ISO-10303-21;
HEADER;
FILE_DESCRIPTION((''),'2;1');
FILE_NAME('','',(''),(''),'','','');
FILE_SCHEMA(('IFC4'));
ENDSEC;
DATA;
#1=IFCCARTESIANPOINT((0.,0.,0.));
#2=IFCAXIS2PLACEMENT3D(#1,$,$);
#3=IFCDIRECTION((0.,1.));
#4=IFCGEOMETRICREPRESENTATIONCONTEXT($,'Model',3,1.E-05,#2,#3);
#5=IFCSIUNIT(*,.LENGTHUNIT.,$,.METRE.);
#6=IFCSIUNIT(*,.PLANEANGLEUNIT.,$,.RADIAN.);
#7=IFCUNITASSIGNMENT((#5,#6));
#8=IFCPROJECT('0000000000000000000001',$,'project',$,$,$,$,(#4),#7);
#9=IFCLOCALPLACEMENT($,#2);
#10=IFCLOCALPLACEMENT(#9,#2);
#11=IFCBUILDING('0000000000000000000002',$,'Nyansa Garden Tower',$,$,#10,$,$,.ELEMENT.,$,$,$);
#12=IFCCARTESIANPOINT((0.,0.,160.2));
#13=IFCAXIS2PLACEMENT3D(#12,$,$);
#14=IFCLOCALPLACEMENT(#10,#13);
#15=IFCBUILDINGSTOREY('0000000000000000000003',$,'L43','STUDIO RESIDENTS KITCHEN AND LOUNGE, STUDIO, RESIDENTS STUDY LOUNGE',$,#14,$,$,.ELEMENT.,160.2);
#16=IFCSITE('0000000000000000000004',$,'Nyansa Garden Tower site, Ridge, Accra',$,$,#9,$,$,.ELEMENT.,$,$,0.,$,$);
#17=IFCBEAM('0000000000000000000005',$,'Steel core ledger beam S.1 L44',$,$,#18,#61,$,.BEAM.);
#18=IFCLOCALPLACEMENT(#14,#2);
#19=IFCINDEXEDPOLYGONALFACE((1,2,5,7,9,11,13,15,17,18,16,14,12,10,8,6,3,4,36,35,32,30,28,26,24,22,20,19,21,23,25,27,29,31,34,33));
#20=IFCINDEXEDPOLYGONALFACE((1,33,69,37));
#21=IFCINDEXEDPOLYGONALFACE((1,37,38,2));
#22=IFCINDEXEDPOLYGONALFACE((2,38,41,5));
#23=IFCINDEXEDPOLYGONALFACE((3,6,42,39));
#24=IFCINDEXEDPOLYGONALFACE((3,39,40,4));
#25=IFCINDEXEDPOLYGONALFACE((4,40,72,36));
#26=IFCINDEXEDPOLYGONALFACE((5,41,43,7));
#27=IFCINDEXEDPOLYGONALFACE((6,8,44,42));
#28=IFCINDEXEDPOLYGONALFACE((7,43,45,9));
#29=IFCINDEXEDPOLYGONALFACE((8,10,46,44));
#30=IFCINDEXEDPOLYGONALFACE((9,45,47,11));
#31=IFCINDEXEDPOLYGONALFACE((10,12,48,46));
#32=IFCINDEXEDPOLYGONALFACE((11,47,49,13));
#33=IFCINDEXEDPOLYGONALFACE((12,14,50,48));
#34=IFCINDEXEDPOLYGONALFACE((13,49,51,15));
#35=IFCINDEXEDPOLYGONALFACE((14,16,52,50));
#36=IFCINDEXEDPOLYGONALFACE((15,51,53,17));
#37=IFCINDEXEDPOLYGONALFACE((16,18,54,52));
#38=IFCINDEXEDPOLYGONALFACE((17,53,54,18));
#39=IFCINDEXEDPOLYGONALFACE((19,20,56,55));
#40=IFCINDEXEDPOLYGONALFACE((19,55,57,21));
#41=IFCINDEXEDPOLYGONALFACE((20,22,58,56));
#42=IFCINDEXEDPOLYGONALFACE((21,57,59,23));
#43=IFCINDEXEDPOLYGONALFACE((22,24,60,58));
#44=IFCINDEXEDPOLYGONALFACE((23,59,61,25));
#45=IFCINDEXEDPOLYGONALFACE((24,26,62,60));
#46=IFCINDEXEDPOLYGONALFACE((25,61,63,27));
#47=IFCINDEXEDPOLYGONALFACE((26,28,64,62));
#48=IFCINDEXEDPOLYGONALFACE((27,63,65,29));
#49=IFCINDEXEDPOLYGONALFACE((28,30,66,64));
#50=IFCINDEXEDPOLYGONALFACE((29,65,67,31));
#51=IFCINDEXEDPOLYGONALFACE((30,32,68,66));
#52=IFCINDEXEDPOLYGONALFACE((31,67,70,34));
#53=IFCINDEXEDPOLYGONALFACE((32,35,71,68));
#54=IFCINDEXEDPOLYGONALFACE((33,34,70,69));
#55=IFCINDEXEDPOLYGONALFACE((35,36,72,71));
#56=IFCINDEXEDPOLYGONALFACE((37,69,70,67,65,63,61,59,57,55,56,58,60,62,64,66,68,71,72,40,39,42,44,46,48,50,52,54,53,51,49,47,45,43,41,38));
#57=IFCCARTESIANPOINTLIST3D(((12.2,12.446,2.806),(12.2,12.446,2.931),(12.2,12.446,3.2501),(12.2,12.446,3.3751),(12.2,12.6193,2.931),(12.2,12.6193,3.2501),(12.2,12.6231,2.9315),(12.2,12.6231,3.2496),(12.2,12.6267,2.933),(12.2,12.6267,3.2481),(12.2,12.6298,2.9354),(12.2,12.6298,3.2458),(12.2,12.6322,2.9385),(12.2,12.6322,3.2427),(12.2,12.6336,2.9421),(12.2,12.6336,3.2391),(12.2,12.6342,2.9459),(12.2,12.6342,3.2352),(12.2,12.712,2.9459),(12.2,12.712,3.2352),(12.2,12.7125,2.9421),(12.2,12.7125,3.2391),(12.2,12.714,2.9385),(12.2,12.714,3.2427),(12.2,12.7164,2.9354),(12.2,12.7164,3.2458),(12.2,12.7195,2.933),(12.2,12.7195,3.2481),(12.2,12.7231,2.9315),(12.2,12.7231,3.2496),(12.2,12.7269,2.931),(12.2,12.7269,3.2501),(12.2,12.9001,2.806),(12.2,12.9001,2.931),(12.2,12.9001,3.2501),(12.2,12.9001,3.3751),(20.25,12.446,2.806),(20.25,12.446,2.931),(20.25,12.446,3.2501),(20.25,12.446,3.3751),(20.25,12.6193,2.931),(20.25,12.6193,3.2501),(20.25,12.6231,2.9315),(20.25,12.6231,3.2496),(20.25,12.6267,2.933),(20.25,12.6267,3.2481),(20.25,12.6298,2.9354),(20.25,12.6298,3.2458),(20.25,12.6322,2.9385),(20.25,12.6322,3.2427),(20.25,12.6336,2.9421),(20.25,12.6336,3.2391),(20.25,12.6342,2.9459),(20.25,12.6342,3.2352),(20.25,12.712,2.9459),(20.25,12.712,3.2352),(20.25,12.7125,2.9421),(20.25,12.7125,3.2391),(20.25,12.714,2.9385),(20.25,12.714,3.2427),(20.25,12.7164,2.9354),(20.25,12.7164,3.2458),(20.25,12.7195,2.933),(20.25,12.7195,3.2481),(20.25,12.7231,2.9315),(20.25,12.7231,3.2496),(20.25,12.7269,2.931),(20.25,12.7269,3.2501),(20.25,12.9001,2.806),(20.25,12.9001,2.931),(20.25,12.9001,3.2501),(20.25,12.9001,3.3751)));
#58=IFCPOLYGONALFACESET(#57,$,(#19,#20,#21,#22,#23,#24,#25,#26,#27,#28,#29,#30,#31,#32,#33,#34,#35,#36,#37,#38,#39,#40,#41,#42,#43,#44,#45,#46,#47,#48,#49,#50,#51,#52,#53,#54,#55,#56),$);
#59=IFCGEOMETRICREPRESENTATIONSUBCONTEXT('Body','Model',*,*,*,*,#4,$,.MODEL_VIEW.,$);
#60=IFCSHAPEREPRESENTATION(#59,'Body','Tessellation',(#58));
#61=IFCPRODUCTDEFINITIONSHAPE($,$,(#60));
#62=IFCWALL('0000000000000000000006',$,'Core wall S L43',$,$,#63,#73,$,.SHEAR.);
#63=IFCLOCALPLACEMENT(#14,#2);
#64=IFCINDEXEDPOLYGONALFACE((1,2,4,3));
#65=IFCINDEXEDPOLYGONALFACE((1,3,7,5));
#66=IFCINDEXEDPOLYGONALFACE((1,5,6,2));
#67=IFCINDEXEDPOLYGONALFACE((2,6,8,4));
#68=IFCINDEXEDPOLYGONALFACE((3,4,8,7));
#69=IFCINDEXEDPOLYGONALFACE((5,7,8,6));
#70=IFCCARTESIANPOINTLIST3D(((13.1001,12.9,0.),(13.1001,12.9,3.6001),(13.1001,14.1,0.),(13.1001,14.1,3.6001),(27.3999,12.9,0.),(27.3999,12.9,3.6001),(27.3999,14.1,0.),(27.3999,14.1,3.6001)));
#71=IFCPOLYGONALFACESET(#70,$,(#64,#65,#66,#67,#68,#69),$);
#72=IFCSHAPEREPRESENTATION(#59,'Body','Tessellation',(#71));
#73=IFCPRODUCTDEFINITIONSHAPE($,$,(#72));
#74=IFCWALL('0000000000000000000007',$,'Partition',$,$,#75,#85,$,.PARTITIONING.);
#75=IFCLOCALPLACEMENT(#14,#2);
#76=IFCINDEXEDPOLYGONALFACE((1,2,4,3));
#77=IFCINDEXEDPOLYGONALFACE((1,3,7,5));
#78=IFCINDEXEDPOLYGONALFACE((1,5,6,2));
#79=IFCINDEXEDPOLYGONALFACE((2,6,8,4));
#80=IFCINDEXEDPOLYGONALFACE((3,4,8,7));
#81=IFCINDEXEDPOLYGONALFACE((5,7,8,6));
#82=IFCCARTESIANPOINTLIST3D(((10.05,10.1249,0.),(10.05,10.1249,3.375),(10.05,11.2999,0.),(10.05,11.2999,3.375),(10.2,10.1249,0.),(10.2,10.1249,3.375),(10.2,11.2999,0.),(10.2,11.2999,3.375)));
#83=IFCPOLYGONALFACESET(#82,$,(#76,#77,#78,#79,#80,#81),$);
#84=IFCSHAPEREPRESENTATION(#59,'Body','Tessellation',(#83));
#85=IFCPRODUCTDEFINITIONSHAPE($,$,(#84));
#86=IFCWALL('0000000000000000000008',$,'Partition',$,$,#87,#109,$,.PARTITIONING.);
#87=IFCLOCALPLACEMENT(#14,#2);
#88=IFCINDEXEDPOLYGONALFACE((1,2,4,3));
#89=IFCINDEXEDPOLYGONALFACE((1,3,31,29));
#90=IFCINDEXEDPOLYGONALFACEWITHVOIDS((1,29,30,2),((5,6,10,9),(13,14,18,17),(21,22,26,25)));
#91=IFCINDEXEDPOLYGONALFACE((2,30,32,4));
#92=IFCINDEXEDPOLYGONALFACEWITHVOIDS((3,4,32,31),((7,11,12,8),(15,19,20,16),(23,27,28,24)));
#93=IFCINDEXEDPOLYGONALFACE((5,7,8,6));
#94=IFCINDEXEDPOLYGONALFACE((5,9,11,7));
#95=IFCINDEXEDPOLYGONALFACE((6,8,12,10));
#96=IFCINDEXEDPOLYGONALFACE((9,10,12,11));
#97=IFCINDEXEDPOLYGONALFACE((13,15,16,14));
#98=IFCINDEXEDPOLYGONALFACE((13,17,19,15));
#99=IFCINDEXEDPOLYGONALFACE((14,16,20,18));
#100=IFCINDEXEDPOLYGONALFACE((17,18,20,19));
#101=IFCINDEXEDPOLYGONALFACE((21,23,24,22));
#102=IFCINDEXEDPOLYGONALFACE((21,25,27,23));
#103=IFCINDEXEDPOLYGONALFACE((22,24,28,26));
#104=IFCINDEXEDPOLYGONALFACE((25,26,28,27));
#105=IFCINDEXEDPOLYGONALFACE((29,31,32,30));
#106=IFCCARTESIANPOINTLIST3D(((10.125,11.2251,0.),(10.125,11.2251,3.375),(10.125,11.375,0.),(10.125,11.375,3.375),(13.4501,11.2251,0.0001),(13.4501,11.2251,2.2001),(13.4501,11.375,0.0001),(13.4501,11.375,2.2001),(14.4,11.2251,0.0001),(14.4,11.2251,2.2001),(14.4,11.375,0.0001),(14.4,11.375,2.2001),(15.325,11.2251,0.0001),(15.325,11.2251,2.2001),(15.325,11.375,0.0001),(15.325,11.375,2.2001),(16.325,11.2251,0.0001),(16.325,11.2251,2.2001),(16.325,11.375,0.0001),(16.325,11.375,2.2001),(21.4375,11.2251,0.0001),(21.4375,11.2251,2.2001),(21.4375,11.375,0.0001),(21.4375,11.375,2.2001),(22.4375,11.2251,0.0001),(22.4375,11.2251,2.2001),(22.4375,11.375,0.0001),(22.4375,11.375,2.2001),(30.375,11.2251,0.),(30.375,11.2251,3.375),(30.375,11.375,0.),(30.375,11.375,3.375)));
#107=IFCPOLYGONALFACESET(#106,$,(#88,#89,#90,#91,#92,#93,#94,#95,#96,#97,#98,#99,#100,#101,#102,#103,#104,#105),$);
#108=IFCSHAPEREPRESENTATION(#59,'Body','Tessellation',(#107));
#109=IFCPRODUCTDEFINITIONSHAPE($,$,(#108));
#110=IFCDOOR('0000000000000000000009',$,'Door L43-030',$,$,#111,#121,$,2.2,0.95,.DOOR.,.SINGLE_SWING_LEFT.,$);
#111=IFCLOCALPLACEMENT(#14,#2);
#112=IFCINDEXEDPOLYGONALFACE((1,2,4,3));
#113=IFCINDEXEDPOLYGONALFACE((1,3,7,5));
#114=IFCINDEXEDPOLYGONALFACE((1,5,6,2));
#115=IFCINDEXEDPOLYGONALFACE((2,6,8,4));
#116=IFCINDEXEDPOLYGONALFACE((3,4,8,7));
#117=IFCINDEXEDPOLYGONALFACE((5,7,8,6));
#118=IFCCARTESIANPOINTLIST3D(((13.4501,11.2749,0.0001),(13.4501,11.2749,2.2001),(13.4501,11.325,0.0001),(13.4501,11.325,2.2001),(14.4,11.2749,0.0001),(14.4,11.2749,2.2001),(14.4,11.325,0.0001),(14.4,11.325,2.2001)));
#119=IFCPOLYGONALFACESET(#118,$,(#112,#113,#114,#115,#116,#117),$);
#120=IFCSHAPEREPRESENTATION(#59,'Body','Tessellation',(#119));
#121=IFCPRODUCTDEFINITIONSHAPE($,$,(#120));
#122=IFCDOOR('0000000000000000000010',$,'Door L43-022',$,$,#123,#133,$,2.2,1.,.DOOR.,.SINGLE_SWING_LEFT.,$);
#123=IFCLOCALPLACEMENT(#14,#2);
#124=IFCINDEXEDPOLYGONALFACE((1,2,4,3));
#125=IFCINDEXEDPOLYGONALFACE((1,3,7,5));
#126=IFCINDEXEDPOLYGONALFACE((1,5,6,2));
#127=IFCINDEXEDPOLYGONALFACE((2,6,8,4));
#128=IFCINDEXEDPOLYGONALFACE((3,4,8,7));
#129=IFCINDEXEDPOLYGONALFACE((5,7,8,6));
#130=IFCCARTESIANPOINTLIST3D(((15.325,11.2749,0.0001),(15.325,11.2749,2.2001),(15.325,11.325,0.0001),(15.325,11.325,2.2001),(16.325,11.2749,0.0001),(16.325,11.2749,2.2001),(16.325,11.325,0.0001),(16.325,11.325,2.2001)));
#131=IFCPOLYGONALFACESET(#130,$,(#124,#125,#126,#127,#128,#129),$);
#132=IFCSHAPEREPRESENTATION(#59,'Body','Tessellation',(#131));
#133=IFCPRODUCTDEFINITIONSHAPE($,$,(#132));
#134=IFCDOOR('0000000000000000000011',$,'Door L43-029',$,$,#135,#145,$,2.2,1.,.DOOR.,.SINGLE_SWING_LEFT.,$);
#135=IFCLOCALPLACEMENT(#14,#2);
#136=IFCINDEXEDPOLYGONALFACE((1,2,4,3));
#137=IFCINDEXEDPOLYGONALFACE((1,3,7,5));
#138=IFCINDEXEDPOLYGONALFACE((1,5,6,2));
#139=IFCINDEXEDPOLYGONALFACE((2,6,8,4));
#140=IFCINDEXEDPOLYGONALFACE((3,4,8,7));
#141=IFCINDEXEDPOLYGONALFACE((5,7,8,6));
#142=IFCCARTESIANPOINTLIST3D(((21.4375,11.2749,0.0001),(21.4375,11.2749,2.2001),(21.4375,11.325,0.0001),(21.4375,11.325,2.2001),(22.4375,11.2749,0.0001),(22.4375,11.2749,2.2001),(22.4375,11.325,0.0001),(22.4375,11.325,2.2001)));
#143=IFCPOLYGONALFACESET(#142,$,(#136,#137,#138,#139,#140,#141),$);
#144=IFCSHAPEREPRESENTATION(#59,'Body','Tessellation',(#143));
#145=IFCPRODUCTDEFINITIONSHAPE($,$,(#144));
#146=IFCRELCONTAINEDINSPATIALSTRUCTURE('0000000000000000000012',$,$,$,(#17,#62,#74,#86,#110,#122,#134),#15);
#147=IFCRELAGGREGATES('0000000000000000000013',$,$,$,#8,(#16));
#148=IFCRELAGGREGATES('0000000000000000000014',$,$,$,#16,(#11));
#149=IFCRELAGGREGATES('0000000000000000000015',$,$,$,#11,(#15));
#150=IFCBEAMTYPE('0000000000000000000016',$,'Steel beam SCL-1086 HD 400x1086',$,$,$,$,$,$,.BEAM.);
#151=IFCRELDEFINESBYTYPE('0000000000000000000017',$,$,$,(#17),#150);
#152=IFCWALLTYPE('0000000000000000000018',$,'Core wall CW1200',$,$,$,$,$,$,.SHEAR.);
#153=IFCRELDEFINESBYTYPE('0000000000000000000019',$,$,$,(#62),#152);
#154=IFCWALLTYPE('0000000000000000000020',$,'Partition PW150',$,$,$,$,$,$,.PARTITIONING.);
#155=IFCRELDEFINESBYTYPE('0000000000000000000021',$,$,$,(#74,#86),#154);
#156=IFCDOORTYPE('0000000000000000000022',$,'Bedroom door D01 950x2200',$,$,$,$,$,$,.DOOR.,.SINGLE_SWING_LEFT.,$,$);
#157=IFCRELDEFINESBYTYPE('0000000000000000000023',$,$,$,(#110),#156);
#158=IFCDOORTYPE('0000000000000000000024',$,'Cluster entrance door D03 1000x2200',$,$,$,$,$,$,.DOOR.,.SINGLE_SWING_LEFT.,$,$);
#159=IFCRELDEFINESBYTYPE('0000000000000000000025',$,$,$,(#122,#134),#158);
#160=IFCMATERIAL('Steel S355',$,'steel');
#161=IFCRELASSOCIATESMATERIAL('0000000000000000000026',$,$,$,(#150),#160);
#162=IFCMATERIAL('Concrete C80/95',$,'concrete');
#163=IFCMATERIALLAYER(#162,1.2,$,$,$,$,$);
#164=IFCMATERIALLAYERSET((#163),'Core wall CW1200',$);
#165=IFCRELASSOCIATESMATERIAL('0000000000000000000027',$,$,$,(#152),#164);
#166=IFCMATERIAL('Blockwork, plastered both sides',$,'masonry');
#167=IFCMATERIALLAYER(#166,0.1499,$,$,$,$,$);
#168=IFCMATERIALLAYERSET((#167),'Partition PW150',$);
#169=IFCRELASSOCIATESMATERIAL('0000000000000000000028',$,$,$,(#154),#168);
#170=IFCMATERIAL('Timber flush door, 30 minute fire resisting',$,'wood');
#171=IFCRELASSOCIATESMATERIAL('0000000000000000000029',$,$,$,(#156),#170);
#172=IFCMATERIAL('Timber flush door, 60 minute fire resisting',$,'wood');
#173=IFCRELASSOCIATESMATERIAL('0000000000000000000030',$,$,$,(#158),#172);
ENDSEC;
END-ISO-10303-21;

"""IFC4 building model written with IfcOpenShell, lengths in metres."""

from ifc_helpers import new_model, si_unit, direction, frame, frame_2d, origin, origin_2d, place, context, subcontext, project, spatial, rectangle, i_section, extrude, material, layer, layer_set, material_profile, profile_set, type_object, element, fill, save


model = new_model("IFC4")

# Units and contexts
model_context = context("Model", 3, precision=1e-05, world=origin(), true_north=direction((0.0, 1.0)))
body_context = subcontext(model_context, "Body", "Model", "MODEL_VIEW")
ifc_project = project(units=[si_unit("LENGTHUNIT", "METRE"), si_unit("PLANEANGLEUNIT", "RADIAN")], contexts=[model_context])

# Site, building, storey
site_placement = place(None, origin())
site = spatial("IfcSite", under=ifc_project, at=site_placement, Name="Nyansa Garden Tower site, Ridge, Accra", CompositionType="ELEMENT", RefElevation=0.0)
building_placement = place(site_placement, origin())
building = spatial("IfcBuilding", under=site, at=building_placement, Name="Nyansa Garden Tower", CompositionType="ELEMENT")
storey_placement = place(building_placement, frame((0.0, 0.0, 160.2)))
storey = spatial("IfcBuildingStorey", under=building, at=storey_placement, Name="L43", Description="STUDIO RESIDENTS KITCHEN AND LOUNGE, STUDIO, RESIDENTS STUDY LOUNGE", CompositionType="ELEMENT", Elevation=160.2)

# Beam
ifc_material_1 = material(Name="Steel S355", Category="steel")
ifc_material_profile_1 = material_profile(ifc_material_1, i_section(OverallWidth=0.4541, OverallDepth=0.5691, WebThickness=0.0779, FlangeThickness=0.125, FilletRadius=0.0149, at=origin_2d()), Name="HD 400x1086")
ifc_profile_set_1 = profile_set([ifc_material_profile_1], Name="Steel S355")
beam_type_1 = type_object("IfcBeamType", Name="Steel beam SCL-1086 HD 400x1086", PredefinedType="BEAM", material=ifc_profile_set_1)
beam_1_placement = place(storey_placement, frame((12.2, 12.6731, 3.0906), z_axis=(1.0, 0.0, 0.0), x_axis=(0.0, 1.0, 0.0)))
element("IfcBeam", 1, at=beam_1_placement, inside=storey, type_object=beam_type_1, Name="Steel core ledger beam S.1 L44", PredefinedType="BEAM", context=body_context, shape_type="SweptSolid", body=[
    extrude(i_section(OverallWidth=0.4541, OverallDepth=0.5691, WebThickness=0.0779, FlangeThickness=0.125, FilletRadius=0.0149, at=origin_2d()), origin(), (0.0, 0.0, 1.0), 8.05),
])

# Walls
ifc_material_2 = material(Name="Concrete C80/95", Category="concrete")
ifc_layer_1 = layer(ifc_material_2, 1.2)
ifc_layer_set_1 = layer_set([ifc_layer_1], Name="Core wall CW1200")
wall_type_1 = type_object("IfcWallType", Name="Core wall CW1200", PredefinedType="SHEAR", material=ifc_layer_set_1)
wall_1_placement = place(storey_placement, frame((13.1001, 13.5, 0.0), z_axis=(0.0, 0.0, 1.0), x_axis=(1.0, 0.0, 0.0)))
element("IfcWall", 2, at=wall_1_placement, inside=storey, type_object=wall_type_1, Name="Core wall S L43", PredefinedType="SHEAR", context=body_context, shape_type="SweptSolid", body=[
    extrude(rectangle(XDim=14.2998, YDim=1.2, at=frame_2d((7.1499, 0.0))), origin(), (0.0, 0.0, 1.0), 3.6001),
])
ifc_material_3 = material(Name="Blockwork, plastered both sides", Category="masonry")
ifc_layer_2 = layer(ifc_material_3, 0.1499)
ifc_layer_set_2 = layer_set([ifc_layer_2], Name="Partition PW150")
wall_type_2 = type_object("IfcWallType", Name="Partition PW150", PredefinedType="PARTITIONING", material=ifc_layer_set_2)
wall_2_placement = place(storey_placement, frame((10.125, 10.125, 0.0), z_axis=(0.0, 0.0, 1.0), x_axis=(0.0, 1.0, 0.0)))
element("IfcWall", 3, at=wall_2_placement, inside=storey, type_object=wall_type_2, Name="Partition", PredefinedType="PARTITIONING", context=body_context, shape_type="SweptSolid", body=[
    extrude(rectangle(XDim=1.175, YDim=0.1499, at=frame_2d((0.5874, 0.0))), origin(), (0.0, 0.0, 1.0), 3.375),
])

# Wall, openings, doors
wall_3_placement = place(storey_placement, frame((10.125, 11.3, 0.0), z_axis=(0.0, 0.0, 1.0), x_axis=(1.0, 0.0, 0.0)))
wall_3 = element("IfcWall", 4, at=wall_3_placement, inside=storey, type_object=wall_type_2, Name="Partition", PredefinedType="PARTITIONING", context=body_context, shape_type="SweptSolid", body=[
    extrude(rectangle(XDim=20.25, YDim=0.1499, at=frame_2d((10.125, 0.0))), origin(), (0.0, 0.0, 1.0), 3.375),
])
opening_1_placement = place(wall_3_placement, frame((5.2, 0.0, 0.0)))
opening_1 = element("IfcOpeningElement", 5, at=opening_1_placement, cuts=wall_3, PredefinedType="OPENING", context=body_context, shape_type="SweptSolid", body=[
    extrude(rectangle(XDim=1.0, YDim=2.2, at=frame_2d((0.5, 1.1001))), frame((0.0, 0.085, 0.0), z_axis=(0.0, -1.0, 0.0), x_axis=(1.0, 0.0, 0.0)), (0.0, 0.0, 1.0), 0.1699),
])
opening_2_placement = place(wall_3_placement, frame((11.3125, 0.0, 0.0)))
opening_2 = element("IfcOpeningElement", 6, at=opening_2_placement, cuts=wall_3, PredefinedType="OPENING", context=body_context, shape_type="SweptSolid", body=[
    extrude(rectangle(XDim=1.0, YDim=2.2, at=frame_2d((0.5, 1.1001))), frame((0.0, 0.085, 0.0), z_axis=(0.0, -1.0, 0.0), x_axis=(1.0, 0.0, 0.0)), (0.0, 0.0, 1.0), 0.1699),
])
opening_3_placement = place(wall_3_placement, frame((3.325, 0.0, 0.0)))
opening_3 = element("IfcOpeningElement", 7, at=opening_3_placement, cuts=wall_3, PredefinedType="OPENING", context=body_context, shape_type="SweptSolid", body=[
    extrude(rectangle(XDim=0.95, YDim=2.2, at=frame_2d((0.4751, 1.1001))), frame((0.0, 0.085, 0.0), z_axis=(0.0, -1.0, 0.0), x_axis=(1.0, 0.0, 0.0)), (0.0, 0.0, 1.0), 0.1699),
])
ifc_material_4 = material(Name="Timber flush door, 30 minute fire resisting", Category="wood")
door_type_1 = type_object("IfcDoorType", Name="Bedroom door D01 950x2200", OperationType="SINGLE_SWING_LEFT", PredefinedType="DOOR", material=ifc_material_4)
door_1_placement = place(opening_3_placement, origin())
door_1 = element("IfcDoor", 8, at=door_1_placement, inside=storey, type_object=door_type_1, Name="Door L43-030", OperationType="SINGLE_SWING_LEFT", OverallHeight=2.2, OverallWidth=0.95, PredefinedType="DOOR", context=body_context, shape_type="SweptSolid", body=[
    extrude(rectangle(XDim=0.95, YDim=2.2, at=frame_2d((0.4751, 1.1001))), frame((0.0, 0.0249, 0.0), z_axis=(0.0, -1.0, 0.0), x_axis=(1.0, 0.0, 0.0)), (0.0, 0.0, 1.0), 0.05),
])
fill(opening_3, door_1)
ifc_material_5 = material(Name="Timber flush door, 60 minute fire resisting", Category="wood")
door_type_2 = type_object("IfcDoorType", Name="Cluster entrance door D03 1000x2200", OperationType="SINGLE_SWING_LEFT", PredefinedType="DOOR", material=ifc_material_5)
door_2_placement = place(opening_1_placement, origin())
door_2 = element("IfcDoor", 9, at=door_2_placement, inside=storey, type_object=door_type_2, Name="Door L43-022", OperationType="SINGLE_SWING_LEFT", OverallHeight=2.2, OverallWidth=1.0, PredefinedType="DOOR", context=body_context, shape_type="SweptSolid", body=[
    extrude(rectangle(XDim=1.0, YDim=2.2, at=frame_2d((0.5, 1.1001))), frame((0.0, 0.0249, 0.0), z_axis=(0.0, -1.0, 0.0), x_axis=(1.0, 0.0, 0.0)), (0.0, 0.0, 1.0), 0.05),
])
fill(opening_1, door_2)
door_3_placement = place(opening_2_placement, origin())
door_3 = element("IfcDoor", 10, at=door_3_placement, inside=storey, type_object=door_type_2, Name="Door L43-029", OperationType="SINGLE_SWING_LEFT", OverallHeight=2.2, OverallWidth=1.0, PredefinedType="DOOR", context=body_context, shape_type="SweptSolid", body=[
    extrude(rectangle(XDim=1.0, YDim=2.2, at=frame_2d((0.5, 1.1001))), frame((0.0, 0.0249, 0.0), z_axis=(0.0, -1.0, 0.0), x_axis=(1.0, 0.0, 0.0)), (0.0, 0.0, 1.0), 0.05),
])
fill(opening_2, door_3)

save(model, "model.ifc")
